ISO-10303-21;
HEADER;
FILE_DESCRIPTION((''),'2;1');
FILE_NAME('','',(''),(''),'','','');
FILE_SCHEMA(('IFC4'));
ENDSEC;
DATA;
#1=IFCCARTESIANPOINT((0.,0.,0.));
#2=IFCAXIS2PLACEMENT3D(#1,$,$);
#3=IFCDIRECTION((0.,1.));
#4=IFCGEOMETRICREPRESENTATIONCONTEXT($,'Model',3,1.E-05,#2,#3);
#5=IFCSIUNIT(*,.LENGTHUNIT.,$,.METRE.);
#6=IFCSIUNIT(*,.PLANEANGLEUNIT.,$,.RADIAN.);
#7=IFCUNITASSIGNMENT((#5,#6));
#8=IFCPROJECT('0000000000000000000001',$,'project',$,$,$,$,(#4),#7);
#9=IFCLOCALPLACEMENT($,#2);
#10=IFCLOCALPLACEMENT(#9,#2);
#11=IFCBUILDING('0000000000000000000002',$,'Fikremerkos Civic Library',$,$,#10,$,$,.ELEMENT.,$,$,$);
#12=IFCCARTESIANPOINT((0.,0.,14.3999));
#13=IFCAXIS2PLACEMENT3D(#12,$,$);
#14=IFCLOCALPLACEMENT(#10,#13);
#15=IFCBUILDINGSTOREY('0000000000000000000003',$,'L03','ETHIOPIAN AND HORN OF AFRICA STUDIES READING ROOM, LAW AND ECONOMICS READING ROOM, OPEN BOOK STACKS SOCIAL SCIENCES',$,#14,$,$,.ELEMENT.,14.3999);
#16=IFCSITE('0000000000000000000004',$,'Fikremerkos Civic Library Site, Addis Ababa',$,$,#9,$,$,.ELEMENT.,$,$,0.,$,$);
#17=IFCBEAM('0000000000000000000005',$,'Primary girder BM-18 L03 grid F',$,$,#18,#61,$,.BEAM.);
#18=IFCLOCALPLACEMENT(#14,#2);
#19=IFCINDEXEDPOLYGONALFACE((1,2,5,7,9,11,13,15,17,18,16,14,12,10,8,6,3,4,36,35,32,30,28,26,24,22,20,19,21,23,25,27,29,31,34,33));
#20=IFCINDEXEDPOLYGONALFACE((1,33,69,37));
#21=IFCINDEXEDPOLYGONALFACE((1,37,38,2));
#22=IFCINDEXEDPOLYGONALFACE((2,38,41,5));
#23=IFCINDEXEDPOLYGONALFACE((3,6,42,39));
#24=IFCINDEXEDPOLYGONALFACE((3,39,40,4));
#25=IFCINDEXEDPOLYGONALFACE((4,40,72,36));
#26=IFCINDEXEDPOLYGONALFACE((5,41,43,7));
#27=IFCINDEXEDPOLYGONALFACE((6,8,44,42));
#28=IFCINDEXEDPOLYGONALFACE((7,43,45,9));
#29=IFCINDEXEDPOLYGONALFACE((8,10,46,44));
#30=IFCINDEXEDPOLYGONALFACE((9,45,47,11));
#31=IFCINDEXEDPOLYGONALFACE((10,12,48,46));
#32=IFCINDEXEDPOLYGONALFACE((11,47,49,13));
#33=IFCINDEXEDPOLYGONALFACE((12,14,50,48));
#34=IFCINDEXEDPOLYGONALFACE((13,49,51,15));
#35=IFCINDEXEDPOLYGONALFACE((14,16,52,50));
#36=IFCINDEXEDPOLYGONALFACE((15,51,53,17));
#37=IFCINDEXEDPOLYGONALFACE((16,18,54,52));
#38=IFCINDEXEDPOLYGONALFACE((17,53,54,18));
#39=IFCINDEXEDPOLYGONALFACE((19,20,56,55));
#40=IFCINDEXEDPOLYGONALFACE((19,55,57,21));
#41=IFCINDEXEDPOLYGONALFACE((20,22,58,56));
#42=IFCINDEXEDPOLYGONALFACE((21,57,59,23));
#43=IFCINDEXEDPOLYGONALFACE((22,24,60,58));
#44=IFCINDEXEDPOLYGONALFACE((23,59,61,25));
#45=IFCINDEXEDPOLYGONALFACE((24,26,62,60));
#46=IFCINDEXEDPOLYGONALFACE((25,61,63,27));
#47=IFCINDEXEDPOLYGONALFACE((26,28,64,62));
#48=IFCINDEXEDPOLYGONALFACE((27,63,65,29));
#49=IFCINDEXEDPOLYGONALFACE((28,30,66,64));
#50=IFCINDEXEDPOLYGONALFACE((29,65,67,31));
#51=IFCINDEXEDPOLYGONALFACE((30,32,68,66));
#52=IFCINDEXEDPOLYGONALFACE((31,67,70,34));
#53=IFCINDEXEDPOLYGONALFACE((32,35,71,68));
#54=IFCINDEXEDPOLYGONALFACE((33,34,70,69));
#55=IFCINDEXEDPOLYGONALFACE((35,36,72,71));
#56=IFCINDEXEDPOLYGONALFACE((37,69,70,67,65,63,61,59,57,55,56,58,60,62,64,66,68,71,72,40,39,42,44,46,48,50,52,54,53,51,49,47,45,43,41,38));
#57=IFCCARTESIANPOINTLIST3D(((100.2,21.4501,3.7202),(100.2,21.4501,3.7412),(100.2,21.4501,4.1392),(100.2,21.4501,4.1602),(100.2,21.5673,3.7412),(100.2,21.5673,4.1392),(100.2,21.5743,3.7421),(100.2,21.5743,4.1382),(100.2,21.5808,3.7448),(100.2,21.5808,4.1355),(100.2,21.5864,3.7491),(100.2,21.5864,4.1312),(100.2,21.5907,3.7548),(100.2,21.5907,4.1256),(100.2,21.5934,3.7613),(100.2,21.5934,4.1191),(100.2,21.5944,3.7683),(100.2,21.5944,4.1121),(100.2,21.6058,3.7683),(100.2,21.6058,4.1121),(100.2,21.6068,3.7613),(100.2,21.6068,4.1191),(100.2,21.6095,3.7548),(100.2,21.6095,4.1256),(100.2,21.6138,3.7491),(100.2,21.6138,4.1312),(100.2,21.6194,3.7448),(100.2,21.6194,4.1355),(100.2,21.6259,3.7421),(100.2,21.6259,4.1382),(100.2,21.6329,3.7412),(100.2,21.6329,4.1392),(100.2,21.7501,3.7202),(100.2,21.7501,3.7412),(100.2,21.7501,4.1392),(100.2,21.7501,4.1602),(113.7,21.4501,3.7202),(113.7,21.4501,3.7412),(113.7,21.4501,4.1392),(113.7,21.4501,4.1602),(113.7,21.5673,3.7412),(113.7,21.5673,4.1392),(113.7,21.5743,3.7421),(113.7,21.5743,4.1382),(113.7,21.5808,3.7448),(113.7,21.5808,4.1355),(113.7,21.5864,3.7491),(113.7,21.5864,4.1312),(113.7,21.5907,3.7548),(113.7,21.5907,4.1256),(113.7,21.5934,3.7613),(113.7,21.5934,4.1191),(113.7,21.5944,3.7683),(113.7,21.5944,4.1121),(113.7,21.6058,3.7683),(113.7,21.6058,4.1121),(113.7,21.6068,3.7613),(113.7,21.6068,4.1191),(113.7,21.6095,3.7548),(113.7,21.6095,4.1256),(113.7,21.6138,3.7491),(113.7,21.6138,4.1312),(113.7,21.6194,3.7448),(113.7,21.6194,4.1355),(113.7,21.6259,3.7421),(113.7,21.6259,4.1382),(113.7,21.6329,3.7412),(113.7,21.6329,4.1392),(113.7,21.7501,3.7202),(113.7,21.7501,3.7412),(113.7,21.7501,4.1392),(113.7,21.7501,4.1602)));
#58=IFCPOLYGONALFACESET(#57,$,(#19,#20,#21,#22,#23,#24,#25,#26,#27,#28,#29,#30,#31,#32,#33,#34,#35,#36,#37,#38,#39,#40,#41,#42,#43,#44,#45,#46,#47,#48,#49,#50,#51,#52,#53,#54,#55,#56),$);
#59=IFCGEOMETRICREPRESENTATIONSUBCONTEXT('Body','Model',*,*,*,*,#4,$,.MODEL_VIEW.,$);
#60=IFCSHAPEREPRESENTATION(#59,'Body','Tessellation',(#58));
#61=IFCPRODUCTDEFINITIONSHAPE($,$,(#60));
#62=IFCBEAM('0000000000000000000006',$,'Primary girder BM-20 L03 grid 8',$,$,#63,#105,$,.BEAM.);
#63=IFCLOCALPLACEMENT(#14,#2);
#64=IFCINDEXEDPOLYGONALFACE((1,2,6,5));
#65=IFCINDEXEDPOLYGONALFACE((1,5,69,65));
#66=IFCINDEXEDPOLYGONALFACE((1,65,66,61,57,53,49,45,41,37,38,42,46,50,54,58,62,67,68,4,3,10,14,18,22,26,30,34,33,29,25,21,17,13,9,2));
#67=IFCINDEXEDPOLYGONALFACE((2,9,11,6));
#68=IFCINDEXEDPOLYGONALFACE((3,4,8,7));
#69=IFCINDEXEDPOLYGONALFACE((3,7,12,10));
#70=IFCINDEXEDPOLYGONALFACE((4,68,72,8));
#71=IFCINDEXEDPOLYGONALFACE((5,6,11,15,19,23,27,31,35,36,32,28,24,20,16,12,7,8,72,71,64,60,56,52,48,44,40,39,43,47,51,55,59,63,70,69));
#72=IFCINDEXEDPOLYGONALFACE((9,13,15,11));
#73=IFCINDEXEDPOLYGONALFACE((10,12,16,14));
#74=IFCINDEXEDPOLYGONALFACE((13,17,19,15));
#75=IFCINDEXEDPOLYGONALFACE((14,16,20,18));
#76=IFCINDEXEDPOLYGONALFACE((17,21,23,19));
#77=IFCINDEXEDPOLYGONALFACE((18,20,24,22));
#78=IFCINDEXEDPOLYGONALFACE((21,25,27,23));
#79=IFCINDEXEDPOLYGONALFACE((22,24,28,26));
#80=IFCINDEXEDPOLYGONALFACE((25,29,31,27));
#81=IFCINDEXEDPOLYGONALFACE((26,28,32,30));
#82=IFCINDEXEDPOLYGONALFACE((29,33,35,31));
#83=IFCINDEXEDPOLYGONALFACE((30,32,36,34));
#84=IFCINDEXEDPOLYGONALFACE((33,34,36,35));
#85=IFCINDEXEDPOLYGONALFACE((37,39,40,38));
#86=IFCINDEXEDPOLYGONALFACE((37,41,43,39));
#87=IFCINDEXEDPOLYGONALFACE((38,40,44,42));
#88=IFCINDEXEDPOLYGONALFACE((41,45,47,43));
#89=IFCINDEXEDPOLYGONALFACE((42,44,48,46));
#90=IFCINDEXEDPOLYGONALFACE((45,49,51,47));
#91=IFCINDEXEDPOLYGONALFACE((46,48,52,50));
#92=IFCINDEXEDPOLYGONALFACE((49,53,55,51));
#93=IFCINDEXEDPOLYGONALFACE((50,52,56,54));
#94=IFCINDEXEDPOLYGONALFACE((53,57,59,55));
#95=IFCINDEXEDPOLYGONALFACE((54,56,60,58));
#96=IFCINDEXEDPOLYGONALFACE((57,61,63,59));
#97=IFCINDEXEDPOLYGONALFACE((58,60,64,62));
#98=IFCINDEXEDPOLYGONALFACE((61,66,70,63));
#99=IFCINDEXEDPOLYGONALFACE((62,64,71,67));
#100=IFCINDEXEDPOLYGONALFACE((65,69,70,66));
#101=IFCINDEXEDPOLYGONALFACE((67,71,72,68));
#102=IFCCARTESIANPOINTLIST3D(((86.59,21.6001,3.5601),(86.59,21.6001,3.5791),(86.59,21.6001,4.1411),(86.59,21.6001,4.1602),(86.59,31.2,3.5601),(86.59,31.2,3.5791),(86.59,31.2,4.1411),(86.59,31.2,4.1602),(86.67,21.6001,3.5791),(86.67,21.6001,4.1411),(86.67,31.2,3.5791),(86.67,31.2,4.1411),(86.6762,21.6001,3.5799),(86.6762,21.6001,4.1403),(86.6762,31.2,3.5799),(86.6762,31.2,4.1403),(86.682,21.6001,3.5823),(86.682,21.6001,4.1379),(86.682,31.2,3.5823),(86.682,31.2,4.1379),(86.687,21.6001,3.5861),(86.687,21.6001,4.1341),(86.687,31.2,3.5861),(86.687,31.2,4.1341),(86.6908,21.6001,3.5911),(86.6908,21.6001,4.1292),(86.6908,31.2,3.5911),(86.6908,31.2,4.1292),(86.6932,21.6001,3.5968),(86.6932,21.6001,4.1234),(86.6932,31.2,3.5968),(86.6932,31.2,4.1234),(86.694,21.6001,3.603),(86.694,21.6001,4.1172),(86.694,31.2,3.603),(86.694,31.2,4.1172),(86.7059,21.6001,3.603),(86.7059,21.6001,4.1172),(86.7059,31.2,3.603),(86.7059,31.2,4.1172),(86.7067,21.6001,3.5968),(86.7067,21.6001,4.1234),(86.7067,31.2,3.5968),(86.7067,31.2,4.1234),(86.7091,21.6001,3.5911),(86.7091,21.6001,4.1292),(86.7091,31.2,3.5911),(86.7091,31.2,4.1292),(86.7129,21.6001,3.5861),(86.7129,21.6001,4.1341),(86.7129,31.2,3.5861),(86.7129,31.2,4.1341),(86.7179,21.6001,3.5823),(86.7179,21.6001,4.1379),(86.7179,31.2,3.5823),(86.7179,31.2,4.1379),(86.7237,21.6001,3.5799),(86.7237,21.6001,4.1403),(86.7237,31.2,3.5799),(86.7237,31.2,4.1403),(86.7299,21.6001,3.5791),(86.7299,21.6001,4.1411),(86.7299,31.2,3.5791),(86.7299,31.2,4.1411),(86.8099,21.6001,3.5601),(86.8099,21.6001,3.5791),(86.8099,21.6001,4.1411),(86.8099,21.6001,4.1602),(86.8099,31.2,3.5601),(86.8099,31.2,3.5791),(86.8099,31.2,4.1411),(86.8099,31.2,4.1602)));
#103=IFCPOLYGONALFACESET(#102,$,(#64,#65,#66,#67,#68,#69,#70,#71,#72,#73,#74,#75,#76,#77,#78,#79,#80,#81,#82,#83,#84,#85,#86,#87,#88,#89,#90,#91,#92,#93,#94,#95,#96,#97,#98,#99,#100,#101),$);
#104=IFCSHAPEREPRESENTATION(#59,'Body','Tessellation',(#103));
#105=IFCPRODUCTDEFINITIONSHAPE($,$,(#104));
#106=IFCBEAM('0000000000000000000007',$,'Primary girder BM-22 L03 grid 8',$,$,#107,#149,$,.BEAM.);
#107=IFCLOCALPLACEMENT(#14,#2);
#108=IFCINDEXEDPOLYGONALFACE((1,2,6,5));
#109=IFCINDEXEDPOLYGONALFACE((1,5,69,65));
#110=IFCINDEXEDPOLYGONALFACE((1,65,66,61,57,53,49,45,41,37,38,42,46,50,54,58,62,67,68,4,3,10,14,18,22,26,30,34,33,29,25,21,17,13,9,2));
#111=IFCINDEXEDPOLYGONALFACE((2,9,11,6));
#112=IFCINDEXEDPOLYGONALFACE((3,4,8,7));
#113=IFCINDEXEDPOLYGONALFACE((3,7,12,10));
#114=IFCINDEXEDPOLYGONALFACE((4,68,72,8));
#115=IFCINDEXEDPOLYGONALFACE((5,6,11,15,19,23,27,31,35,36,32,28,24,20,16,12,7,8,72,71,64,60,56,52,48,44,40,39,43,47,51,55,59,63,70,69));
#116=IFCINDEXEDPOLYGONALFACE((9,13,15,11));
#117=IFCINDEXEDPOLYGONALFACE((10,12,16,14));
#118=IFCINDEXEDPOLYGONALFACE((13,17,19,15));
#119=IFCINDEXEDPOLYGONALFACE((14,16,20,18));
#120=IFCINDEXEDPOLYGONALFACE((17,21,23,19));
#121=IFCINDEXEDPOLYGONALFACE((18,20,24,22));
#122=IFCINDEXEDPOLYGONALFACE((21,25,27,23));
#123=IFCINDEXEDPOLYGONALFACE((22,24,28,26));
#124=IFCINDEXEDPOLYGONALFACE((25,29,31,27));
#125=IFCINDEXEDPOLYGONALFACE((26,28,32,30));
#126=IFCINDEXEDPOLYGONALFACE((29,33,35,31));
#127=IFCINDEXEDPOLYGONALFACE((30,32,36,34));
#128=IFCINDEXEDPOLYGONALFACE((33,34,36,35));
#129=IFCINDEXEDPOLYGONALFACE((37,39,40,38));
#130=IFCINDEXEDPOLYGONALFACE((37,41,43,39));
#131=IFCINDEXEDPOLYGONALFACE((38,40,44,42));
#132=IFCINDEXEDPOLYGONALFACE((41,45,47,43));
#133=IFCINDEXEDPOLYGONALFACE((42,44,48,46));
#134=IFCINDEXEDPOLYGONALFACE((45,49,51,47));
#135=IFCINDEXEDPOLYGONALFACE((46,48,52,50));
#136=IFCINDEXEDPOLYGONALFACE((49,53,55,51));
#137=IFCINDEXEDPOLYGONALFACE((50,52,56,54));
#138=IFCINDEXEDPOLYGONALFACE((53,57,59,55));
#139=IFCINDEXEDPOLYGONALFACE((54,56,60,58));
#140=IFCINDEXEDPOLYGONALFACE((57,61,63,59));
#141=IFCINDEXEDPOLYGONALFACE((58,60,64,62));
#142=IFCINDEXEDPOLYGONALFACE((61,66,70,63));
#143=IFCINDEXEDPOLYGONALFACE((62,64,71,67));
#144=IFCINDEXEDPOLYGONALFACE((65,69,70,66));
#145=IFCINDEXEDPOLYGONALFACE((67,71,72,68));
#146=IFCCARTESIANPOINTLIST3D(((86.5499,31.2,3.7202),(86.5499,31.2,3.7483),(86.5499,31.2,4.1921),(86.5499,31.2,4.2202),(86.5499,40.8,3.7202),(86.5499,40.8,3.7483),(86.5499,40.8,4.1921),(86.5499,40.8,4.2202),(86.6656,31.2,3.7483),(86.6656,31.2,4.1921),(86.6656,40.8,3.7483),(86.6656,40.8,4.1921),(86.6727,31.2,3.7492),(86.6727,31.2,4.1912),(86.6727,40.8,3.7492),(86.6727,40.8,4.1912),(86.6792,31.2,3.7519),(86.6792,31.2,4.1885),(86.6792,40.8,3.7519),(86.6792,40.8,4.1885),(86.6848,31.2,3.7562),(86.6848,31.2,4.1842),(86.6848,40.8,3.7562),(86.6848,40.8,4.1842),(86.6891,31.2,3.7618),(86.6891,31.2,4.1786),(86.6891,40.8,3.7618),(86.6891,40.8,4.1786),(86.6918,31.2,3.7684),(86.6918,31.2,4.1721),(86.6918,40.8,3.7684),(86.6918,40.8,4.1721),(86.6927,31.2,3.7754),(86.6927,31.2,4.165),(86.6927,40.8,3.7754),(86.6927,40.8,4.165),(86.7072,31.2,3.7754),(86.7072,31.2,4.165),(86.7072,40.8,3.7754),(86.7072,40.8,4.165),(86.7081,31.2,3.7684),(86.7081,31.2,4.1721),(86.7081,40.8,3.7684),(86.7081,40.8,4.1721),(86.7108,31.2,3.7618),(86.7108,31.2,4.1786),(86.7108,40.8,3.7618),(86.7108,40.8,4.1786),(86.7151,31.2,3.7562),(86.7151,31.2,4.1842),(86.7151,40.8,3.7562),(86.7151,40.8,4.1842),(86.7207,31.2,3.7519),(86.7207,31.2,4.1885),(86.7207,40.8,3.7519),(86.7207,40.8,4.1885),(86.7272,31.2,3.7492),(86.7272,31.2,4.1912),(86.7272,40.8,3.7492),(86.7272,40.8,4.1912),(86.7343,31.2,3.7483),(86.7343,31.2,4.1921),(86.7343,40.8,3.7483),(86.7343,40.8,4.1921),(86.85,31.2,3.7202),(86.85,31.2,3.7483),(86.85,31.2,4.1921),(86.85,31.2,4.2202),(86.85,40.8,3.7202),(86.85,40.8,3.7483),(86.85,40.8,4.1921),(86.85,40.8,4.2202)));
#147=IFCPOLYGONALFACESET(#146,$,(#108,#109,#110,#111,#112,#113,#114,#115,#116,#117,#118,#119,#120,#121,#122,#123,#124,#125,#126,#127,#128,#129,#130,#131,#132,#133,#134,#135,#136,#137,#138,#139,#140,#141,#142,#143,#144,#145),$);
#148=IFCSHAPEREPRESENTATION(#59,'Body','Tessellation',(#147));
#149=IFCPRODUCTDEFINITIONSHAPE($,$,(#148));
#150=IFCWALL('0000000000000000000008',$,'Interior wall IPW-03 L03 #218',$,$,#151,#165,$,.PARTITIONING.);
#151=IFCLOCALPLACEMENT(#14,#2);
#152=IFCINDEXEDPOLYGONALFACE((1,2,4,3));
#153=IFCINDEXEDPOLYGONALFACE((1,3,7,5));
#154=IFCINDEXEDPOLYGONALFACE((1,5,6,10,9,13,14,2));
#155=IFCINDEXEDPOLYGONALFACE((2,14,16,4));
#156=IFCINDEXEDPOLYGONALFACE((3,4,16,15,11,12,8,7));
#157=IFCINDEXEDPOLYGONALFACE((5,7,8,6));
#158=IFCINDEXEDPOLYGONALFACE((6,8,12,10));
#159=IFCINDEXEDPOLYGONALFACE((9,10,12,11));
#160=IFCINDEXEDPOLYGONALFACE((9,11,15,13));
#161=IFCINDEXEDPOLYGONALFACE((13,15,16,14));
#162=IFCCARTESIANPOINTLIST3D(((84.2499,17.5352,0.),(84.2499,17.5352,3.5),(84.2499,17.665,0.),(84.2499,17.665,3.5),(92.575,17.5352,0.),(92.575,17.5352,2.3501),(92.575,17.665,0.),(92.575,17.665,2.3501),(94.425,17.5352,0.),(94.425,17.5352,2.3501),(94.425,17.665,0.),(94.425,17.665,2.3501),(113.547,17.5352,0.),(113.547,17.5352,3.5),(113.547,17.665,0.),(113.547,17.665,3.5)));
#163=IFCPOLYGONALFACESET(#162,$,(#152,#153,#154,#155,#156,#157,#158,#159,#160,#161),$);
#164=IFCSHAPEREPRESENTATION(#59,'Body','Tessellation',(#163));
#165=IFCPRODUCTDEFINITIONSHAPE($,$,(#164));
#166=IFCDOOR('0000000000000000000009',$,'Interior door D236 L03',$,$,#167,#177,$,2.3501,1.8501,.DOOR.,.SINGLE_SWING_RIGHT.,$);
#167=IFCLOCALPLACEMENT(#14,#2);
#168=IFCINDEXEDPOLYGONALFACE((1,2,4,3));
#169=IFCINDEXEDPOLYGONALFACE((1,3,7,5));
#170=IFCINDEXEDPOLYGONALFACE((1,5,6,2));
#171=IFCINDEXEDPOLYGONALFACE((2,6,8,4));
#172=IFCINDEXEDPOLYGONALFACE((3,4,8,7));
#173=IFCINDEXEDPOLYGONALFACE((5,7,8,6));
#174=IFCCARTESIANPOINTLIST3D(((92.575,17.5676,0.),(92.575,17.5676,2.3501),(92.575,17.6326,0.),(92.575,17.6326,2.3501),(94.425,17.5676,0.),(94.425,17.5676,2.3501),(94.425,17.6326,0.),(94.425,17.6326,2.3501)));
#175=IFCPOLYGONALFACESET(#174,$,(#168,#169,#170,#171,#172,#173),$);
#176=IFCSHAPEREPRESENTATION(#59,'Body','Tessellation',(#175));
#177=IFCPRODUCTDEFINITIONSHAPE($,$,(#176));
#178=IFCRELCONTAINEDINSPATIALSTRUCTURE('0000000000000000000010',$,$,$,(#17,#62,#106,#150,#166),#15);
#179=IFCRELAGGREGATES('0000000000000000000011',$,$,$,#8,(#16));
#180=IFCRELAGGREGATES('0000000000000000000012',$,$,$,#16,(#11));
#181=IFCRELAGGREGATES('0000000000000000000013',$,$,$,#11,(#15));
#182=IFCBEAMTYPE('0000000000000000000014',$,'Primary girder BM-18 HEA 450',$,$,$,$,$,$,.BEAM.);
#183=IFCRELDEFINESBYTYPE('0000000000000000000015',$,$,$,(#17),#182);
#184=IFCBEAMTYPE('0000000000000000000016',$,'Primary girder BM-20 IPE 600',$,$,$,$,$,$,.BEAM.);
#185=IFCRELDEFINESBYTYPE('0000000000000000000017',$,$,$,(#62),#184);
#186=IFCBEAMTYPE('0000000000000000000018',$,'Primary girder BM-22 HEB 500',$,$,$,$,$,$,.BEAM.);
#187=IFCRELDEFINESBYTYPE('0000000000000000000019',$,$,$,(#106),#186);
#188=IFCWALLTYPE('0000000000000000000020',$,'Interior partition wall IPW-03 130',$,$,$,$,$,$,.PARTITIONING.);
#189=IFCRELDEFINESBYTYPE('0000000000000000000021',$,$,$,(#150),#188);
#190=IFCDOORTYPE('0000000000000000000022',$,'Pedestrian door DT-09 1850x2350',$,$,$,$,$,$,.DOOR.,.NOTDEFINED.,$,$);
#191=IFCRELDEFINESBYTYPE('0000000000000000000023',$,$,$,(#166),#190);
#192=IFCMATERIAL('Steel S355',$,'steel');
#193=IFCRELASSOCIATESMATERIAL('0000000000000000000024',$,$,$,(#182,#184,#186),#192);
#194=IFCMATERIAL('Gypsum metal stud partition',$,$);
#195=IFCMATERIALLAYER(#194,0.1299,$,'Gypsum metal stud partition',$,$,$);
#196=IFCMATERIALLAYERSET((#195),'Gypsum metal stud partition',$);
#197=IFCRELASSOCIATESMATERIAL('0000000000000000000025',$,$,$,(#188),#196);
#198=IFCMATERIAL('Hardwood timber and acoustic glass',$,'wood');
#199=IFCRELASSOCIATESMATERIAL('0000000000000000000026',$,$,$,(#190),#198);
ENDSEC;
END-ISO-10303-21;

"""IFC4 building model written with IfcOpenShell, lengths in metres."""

from ifc_helpers import new_model, si_unit, direction, frame, frame_2d, origin, origin_2d, place, context, subcontext, project, spatial, rectangle, i_section, extrude, material, layer, layer_set, material_profile, profile_set, type_object, element, fill, save


model = new_model("IFC4")

# Units and contexts
model_context = context("Model", 3, precision=1e-05, world=origin(), true_north=direction((0.0, 1.0)))
body_context = subcontext(model_context, "Body", "Model", "MODEL_VIEW")
ifc_project = project(units=[si_unit("LENGTHUNIT", "METRE"), si_unit("PLANEANGLEUNIT", "RADIAN")], contexts=[model_context])

# Site, building, storey
site_placement = place(None, origin())
site = spatial("IfcSite", under=ifc_project, at=site_placement, Name="Fikremerkos Civic Library Site, Addis Ababa", CompositionType="ELEMENT", RefElevation=0.0)
building_placement = place(site_placement, origin())
building = spatial("IfcBuilding", under=site, at=building_placement, Name="Fikremerkos Civic Library", CompositionType="ELEMENT")
storey_placement = place(building_placement, frame((0.0, 0.0, 14.3999)))
storey = spatial("IfcBuildingStorey", under=building, at=storey_placement, Name="L03", Description="ETHIOPIAN AND HORN OF AFRICA STUDIES READING ROOM, LAW AND ECONOMICS READING ROOM, OPEN BOOK STACKS SOCIAL SCIENCES", CompositionType="ELEMENT", Elevation=14.3999)

# Shared definitions
ifc_material_1 = material(Name="Steel S355", Category="steel")

# Beams
ifc_material_profile_1 = material_profile(ifc_material_1, i_section(OverallWidth=0.3, OverallDepth=0.4399, WebThickness=0.0115, FlangeThickness=0.021, FilletRadius=0.0271, at=origin_2d()), Name="HEA 450")
ifc_profile_set_1 = profile_set([ifc_material_profile_1], Name="Steel S355")
beam_type_1 = type_object("IfcBeamType", Name="Primary girder BM-18 HEA 450", PredefinedType="BEAM", material=ifc_profile_set_1)
beam_1_placement = place(storey_placement, frame((100.2, 21.6001, 3.9402), z_axis=(1.0, 0.0, 0.0), x_axis=(0.0, 1.0, 0.0)))
element("IfcBeam", 1, at=beam_1_placement, inside=storey, type_object=beam_type_1, Name="Primary girder BM-18 L03 grid F", PredefinedType="BEAM", context=body_context, shape_type="SweptSolid", body=[
    extrude(i_section(OverallWidth=0.3, OverallDepth=0.4399, WebThickness=0.0115, FlangeThickness=0.021, FilletRadius=0.0271, at=origin_2d()), origin(), (0.0, 0.0, 1.0), 13.5),
])
ifc_material_profile_2 = material_profile(ifc_material_1, i_section(OverallWidth=0.22, OverallDepth=0.6001, WebThickness=0.012, FlangeThickness=0.019, FilletRadius=0.0239, at=origin_2d()), Name="IPE 600")
ifc_profile_set_2 = profile_set([ifc_material_profile_2], Name="Steel S355")
beam_type_2 = type_object("IfcBeamType", Name="Primary girder BM-20 IPE 600", PredefinedType="BEAM", material=ifc_profile_set_2)
beam_2_placement = place(storey_placement, frame((86.7, 21.6001, 3.8601), z_axis=(0.0, 1.0, 0.0), x_axis=(-1.0, 0.0, 0.0)))
element("IfcBeam", 2, at=beam_2_placement, inside=storey, type_object=beam_type_2, Name="Primary girder BM-20 L03 grid 8", PredefinedType="BEAM", context=body_context, shape_type="SweptSolid", body=[
    extrude(i_section(OverallWidth=0.22, OverallDepth=0.6001, WebThickness=0.012, FlangeThickness=0.019, FilletRadius=0.0239, at=origin_2d()), origin(), (0.0, 0.0, 1.0), 9.5999),
])
ifc_material_profile_3 = material_profile(ifc_material_1, i_section(OverallWidth=0.3, OverallDepth=0.5, WebThickness=0.0144, FlangeThickness=0.0281, FilletRadius=0.0271, at=origin_2d()), Name="HEB 500")
ifc_profile_set_3 = profile_set([ifc_material_profile_3], Name="Steel S355")
beam_type_3 = type_object("IfcBeamType", Name="Primary girder BM-22 HEB 500", PredefinedType="BEAM", material=ifc_profile_set_3)
beam_3_placement = place(storey_placement, frame((86.7, 31.2, 3.9702), z_axis=(0.0, 1.0, 0.0), x_axis=(-1.0, 0.0, 0.0)))
element("IfcBeam", 3, at=beam_3_placement, inside=storey, type_object=beam_type_3, Name="Primary girder BM-22 L03 grid 8", PredefinedType="BEAM", context=body_context, shape_type="SweptSolid", body=[
    extrude(i_section(OverallWidth=0.3, OverallDepth=0.5, WebThickness=0.0144, FlangeThickness=0.0281, FilletRadius=0.0271, at=origin_2d()), origin(), (0.0, 0.0, 1.0), 9.6001),
])

# Wall, opening, door
ifc_material_2 = material(Name="Gypsum metal stud partition")
ifc_layer = layer(ifc_material_2, 0.1299, Name="Gypsum metal stud partition")
ifc_layer_set = layer_set([ifc_layer], Name="Gypsum metal stud partition")
wall_type = type_object("IfcWallType", Name="Interior partition wall IPW-03 130", PredefinedType="PARTITIONING", material=ifc_layer_set)
wall_placement = place(storey_placement, frame((84.25, 17.6001, 0.0), z_axis=(0.0, 0.0, 1.0), x_axis=(1.0, 0.0, 0.0)))
wall = element("IfcWall", 4, at=wall_placement, inside=storey, type_object=wall_type, Name="Interior wall IPW-03 L03 #218", PredefinedType="PARTITIONING", context=body_context, shape_type="SweptSolid", body=[
    extrude(rectangle(XDim=29.2971, YDim=0.1299, at=frame_2d((14.6484, 0.0))), origin(), (0.0, 0.0, 1.0), 3.5),
])
opening_placement = place(wall_placement, frame((8.325, 0.0, 0.0)))
opening = element("IfcOpeningElement", 5, at=opening_placement, cuts=wall, PredefinedType="OPENING", context=body_context, shape_type="SweptSolid", body=[
    extrude(rectangle(XDim=1.8501, YDim=2.3501, at=frame_2d((0.925, 1.175))), frame((0.0, 0.075, 0.0), z_axis=(0.0, -1.0, 0.0), x_axis=(1.0, 0.0, 0.0)), (0.0, 0.0, 1.0), 0.1499),
])
ifc_material_3 = material(Name="Hardwood timber and acoustic glass", Category="wood")
door_type = type_object("IfcDoorType", Name="Pedestrian door DT-09 1850x2350", OperationType="NOTDEFINED", PredefinedType="DOOR", material=ifc_material_3)
door_placement = place(opening_placement, origin())
door = element("IfcDoor", 6, at=door_placement, inside=storey, type_object=door_type, Name="Interior door D236 L03", OperationType="SINGLE_SWING_RIGHT", OverallHeight=2.3501, OverallWidth=1.8501, PredefinedType="DOOR", context=body_context, shape_type="SweptSolid", body=[
    extrude(rectangle(XDim=1.8501, YDim=2.3501, at=frame_2d((0.925, 1.175))), frame((0.0, 0.0325, 0.0), z_axis=(0.0, -1.0, 0.0), x_axis=(1.0, 0.0, 0.0)), (0.0, 0.0, 1.0), 0.0649),
])
fill(opening, door)

save(model, "model.ifc")
